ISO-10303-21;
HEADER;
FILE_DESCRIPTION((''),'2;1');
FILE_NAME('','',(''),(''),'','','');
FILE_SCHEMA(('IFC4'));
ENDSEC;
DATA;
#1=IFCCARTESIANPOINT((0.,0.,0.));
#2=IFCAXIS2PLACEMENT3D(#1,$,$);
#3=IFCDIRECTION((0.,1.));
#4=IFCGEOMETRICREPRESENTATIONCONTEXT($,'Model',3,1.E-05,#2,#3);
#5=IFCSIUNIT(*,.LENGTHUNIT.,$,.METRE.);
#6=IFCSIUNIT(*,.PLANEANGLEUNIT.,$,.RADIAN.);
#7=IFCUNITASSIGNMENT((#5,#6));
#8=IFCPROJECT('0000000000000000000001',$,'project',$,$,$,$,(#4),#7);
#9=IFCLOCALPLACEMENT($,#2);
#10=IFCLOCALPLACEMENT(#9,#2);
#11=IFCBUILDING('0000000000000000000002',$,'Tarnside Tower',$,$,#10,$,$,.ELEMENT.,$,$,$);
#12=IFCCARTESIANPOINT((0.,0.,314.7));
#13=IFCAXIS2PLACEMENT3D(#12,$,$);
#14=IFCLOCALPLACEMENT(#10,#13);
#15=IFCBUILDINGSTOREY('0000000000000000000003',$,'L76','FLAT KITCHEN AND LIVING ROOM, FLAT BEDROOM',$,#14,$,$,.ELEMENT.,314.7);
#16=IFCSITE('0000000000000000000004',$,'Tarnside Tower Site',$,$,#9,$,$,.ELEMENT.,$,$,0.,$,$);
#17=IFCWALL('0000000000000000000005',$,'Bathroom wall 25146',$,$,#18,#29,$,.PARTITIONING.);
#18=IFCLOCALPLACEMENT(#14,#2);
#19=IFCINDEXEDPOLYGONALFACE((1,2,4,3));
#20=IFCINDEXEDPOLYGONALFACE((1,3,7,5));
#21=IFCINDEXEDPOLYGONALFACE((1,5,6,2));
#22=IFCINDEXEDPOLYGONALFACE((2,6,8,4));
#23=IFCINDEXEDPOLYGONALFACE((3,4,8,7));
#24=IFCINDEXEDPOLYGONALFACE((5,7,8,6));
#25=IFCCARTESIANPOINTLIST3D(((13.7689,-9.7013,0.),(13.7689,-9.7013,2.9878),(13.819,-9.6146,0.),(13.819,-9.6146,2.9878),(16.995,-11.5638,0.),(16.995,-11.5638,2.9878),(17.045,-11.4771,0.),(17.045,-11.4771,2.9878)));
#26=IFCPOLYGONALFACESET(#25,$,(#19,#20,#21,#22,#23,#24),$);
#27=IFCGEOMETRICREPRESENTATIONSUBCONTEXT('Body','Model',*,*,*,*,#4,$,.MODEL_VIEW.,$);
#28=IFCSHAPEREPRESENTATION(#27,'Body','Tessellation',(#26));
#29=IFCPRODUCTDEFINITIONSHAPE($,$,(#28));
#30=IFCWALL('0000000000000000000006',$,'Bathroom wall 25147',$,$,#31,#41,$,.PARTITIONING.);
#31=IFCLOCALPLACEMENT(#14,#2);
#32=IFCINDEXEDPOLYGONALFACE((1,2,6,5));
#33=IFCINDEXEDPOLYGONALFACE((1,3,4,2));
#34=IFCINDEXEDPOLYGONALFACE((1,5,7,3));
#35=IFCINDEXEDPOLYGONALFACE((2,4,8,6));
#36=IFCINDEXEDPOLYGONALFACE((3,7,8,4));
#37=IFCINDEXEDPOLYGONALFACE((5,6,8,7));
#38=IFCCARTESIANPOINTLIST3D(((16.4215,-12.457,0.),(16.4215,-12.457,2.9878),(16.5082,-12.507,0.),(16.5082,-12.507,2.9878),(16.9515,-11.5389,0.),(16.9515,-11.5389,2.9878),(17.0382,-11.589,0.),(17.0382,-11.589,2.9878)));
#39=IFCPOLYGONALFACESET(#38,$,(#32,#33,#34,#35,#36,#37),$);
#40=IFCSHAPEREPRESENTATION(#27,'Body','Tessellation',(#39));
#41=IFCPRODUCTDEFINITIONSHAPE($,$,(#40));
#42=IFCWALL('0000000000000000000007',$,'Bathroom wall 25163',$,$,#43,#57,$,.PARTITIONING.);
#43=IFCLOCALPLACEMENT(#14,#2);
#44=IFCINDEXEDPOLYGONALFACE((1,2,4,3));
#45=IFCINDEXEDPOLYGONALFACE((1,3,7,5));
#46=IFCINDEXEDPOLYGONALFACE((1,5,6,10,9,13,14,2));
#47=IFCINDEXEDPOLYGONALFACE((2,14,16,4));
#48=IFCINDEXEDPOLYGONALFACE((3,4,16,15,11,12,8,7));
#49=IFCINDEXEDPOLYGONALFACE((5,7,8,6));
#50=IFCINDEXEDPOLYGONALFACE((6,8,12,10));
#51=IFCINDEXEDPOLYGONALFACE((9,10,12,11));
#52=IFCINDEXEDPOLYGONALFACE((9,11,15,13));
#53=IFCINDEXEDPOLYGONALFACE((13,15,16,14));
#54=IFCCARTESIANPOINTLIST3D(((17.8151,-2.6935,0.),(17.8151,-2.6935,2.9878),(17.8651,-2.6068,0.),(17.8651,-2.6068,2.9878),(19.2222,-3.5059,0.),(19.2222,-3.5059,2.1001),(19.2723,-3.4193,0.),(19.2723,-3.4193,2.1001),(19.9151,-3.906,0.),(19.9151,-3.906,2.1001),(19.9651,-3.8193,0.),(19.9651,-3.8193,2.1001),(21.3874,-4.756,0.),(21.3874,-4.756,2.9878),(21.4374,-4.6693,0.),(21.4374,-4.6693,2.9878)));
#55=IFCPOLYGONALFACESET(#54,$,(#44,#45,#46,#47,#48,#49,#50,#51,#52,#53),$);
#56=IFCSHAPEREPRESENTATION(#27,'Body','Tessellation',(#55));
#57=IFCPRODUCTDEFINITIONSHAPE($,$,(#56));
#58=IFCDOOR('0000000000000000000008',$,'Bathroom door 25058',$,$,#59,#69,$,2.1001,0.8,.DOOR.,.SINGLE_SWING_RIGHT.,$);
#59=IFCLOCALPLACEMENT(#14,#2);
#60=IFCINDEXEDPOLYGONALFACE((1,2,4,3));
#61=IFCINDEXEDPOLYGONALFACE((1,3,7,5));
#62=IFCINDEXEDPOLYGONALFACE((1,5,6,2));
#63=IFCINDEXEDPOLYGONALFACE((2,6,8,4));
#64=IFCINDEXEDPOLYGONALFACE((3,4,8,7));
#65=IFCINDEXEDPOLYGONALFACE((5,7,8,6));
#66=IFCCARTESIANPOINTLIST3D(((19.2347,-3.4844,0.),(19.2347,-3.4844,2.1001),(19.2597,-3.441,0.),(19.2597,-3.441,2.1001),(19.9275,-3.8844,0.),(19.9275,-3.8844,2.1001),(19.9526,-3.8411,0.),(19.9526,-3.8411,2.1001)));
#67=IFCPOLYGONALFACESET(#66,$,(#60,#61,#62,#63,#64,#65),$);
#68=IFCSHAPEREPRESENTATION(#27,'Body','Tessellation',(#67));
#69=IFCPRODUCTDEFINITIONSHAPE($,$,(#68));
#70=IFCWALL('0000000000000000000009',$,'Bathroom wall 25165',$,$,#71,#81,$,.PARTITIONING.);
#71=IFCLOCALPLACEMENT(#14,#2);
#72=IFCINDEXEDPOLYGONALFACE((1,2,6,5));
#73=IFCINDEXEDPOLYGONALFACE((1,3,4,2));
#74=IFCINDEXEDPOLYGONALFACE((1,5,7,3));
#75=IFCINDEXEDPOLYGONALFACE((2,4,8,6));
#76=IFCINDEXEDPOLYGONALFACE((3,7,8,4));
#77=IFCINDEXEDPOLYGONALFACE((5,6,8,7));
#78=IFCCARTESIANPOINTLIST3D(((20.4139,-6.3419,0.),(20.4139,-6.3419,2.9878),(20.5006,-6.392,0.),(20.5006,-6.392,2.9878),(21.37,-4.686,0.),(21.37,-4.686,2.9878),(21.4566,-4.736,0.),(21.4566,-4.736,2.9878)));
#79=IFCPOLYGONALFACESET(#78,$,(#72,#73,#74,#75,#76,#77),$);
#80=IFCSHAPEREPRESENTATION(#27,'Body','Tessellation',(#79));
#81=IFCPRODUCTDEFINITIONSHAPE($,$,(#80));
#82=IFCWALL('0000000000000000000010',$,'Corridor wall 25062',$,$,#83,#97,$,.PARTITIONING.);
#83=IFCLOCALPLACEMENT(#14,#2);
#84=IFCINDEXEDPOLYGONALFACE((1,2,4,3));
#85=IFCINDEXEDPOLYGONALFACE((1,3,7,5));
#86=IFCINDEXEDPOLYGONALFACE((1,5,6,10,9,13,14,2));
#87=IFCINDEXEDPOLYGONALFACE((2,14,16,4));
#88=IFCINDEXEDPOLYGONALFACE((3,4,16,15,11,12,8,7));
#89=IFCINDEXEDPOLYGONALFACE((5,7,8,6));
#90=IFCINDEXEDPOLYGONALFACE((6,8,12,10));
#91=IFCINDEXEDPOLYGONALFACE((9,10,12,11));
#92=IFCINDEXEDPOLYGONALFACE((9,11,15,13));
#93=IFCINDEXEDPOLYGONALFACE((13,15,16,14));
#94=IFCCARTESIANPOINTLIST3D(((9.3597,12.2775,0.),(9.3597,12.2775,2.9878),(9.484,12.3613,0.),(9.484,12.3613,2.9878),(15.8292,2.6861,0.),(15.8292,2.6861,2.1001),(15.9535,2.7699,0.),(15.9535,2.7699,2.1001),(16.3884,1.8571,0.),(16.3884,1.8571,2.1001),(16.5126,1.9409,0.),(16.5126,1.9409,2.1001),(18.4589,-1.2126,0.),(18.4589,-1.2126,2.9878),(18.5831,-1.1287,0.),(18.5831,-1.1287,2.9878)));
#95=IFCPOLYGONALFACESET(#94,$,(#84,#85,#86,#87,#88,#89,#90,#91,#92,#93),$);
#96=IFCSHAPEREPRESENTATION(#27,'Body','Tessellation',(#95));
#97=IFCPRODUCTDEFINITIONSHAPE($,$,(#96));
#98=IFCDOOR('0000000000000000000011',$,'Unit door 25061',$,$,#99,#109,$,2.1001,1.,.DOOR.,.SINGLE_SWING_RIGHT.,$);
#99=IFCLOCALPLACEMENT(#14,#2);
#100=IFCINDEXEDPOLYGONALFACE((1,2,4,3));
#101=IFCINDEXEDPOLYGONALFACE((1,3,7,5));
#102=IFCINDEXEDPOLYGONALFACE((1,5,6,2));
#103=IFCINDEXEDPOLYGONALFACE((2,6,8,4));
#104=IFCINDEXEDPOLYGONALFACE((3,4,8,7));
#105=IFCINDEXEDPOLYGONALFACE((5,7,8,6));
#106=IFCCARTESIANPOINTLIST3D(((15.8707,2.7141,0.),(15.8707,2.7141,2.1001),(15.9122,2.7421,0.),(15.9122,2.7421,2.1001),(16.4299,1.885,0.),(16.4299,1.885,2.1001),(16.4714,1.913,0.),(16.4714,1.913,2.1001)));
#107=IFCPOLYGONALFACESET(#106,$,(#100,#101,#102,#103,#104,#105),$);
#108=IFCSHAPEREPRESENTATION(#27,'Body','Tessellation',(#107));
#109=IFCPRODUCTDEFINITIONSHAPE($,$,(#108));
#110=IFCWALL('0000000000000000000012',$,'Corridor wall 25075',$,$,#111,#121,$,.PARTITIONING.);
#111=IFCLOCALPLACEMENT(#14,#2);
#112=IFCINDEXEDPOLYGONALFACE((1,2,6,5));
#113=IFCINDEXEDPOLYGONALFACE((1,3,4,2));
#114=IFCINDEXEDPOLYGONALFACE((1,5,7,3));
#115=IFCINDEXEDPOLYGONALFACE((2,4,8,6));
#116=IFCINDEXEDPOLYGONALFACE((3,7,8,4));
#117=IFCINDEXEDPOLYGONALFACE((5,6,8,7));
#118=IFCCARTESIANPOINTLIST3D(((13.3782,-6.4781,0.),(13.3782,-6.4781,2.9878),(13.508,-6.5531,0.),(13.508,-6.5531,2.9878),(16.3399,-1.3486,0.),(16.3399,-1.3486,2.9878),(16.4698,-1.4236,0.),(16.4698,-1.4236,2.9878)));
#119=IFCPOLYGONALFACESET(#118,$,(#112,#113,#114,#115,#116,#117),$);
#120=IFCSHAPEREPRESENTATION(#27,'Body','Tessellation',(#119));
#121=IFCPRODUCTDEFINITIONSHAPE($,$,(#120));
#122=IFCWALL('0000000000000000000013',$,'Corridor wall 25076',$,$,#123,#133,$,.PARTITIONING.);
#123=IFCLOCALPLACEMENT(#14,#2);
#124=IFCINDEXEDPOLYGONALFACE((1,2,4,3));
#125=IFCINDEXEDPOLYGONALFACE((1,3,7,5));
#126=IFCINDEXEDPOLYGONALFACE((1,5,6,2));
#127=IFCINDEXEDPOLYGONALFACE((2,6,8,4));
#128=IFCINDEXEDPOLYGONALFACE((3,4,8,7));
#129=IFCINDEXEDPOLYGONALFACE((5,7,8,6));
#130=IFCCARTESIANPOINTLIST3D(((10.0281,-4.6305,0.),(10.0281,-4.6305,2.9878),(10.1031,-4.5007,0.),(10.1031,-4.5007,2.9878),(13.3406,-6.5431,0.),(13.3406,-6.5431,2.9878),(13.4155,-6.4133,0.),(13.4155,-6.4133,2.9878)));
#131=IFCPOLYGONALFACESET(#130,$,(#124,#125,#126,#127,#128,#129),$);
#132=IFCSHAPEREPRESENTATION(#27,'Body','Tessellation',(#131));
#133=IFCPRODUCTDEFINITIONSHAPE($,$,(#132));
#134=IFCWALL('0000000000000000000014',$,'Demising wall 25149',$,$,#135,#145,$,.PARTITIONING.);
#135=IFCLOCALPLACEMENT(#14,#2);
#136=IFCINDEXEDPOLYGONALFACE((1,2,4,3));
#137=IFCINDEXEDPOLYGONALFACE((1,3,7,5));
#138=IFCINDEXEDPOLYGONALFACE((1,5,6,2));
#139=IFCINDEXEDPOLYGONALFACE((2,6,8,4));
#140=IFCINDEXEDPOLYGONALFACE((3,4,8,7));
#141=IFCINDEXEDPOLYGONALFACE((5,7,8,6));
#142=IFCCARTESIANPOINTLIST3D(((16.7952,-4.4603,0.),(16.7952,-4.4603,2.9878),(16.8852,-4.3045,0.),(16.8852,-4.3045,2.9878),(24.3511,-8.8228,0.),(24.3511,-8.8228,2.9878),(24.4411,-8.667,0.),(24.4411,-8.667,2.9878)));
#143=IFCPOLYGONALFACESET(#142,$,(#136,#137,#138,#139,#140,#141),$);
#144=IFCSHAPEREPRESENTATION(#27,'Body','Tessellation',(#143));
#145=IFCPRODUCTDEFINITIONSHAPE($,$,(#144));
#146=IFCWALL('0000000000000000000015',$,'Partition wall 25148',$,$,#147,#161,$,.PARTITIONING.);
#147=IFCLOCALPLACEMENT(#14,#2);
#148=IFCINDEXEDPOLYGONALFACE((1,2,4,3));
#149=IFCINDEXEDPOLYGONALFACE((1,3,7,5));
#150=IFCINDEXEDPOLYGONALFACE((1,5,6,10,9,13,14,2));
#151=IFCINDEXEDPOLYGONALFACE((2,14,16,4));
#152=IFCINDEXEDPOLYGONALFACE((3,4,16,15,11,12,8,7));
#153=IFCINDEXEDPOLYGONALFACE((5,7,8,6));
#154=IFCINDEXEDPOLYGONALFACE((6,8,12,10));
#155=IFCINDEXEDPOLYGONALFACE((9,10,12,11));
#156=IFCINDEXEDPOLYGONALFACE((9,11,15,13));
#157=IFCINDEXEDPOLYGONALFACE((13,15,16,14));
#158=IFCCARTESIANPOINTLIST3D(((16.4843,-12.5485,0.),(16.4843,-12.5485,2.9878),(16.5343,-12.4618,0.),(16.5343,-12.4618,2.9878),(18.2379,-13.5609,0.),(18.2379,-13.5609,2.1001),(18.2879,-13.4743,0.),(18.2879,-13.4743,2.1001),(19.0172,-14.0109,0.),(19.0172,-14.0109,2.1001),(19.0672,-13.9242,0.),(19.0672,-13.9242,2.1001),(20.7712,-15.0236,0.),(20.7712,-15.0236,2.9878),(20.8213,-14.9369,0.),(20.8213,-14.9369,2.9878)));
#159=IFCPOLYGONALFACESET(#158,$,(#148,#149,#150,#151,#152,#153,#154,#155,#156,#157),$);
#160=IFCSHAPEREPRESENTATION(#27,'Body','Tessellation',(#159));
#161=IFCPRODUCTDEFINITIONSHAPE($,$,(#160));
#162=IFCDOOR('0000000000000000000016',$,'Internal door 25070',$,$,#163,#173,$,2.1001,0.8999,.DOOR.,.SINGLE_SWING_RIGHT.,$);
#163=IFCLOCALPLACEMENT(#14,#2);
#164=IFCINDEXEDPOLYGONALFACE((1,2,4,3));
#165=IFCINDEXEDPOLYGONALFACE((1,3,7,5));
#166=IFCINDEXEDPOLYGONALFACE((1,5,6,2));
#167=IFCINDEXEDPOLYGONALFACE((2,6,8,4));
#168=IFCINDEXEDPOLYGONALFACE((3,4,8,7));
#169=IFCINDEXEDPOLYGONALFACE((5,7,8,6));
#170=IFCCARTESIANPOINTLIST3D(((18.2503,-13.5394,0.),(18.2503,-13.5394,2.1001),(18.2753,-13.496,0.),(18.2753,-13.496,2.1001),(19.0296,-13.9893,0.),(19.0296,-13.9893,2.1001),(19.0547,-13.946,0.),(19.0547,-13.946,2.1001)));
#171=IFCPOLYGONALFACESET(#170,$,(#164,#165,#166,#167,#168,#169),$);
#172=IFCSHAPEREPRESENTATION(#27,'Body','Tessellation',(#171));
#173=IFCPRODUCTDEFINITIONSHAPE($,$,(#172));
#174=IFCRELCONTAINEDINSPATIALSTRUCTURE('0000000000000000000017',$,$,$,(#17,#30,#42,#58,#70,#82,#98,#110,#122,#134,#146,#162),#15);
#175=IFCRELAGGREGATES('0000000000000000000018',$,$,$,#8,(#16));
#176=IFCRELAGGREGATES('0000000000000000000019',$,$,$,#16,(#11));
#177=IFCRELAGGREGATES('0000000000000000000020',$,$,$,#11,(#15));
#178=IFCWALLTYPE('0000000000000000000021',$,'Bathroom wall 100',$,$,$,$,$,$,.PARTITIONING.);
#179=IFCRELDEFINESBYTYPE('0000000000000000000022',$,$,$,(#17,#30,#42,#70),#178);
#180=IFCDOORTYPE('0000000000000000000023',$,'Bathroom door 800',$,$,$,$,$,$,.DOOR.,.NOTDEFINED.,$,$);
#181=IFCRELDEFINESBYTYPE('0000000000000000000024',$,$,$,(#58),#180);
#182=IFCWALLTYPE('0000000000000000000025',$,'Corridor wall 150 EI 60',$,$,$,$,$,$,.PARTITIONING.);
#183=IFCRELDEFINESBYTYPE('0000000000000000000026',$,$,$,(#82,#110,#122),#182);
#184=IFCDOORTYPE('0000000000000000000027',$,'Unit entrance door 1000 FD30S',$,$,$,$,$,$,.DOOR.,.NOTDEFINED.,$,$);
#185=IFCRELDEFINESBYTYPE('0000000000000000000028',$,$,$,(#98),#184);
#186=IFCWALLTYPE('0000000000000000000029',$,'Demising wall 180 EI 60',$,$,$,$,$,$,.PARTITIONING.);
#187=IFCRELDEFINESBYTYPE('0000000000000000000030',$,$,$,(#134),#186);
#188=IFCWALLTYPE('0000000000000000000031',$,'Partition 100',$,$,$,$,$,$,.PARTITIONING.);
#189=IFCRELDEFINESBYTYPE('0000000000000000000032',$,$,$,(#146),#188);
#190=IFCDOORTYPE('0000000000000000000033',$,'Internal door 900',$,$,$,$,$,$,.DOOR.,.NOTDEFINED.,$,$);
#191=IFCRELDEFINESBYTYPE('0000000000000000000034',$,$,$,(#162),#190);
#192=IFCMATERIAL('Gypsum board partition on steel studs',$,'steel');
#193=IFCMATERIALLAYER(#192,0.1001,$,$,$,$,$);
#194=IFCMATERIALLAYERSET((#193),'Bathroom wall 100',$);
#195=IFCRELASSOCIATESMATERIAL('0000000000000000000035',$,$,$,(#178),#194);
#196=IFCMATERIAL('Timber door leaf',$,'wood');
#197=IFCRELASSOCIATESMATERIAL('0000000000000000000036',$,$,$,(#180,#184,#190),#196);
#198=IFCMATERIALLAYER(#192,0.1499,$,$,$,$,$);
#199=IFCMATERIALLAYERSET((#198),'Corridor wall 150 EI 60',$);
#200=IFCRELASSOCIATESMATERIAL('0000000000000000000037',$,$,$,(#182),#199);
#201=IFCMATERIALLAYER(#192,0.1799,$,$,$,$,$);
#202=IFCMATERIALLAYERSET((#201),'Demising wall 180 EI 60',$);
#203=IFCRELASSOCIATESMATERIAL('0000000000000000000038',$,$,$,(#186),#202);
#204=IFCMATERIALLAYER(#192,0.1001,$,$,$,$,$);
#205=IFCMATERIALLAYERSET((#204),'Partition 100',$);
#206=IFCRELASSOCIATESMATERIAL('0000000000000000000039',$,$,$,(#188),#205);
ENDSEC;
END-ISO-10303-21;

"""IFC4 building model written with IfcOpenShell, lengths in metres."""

from ifc_helpers import new_model, si_unit, direction, frame, frame_2d, origin, place, context, subcontext, project, spatial, rectangle, extrude, material, layer, layer_set, type_object, element, fill, save


model = new_model("IFC4")

# Units and contexts
model_context = context("Model", 3, precision=1e-05, world=origin(), true_north=direction((0.0, 1.0)))
body_context = subcontext(model_context, "Body", "Model", "MODEL_VIEW")
ifc_project = project(units=[si_unit("LENGTHUNIT", "METRE"), si_unit("PLANEANGLEUNIT", "RADIAN")], contexts=[model_context])

# Site, building, storey
site_placement = place(None, origin())
site = spatial("IfcSite", under=ifc_project, at=site_placement, Name="Tarnside Tower Site", CompositionType="ELEMENT", RefElevation=0.0)
building_placement = place(site_placement, origin())
building = spatial("IfcBuilding", under=site, at=building_placement, Name="Tarnside Tower", CompositionType="ELEMENT")
storey_placement = place(building_placement, frame((0.0, 0.0, 314.7)))
storey = spatial("IfcBuildingStorey", under=building, at=storey_placement, Name="L76", Description="FLAT KITCHEN AND LIVING ROOM, FLAT BEDROOM", CompositionType="ELEMENT", Elevation=314.7)

# Walls
ifc_material_1 = material(Name="Gypsum board partition on steel studs", Category="steel")
ifc_layer_1 = layer(ifc_material_1, 0.1001)
ifc_layer_set_1 = layer_set([ifc_layer_1], Name="Bathroom wall 100")
wall_type_1 = type_object("IfcWallType", Name="Bathroom wall 100", PredefinedType="PARTITIONING", material=ifc_layer_set_1)
wall_1_placement = place(storey_placement, frame((13.7939, -9.658, 0.0), z_axis=(0.0, 0.0, 1.0), x_axis=(0.866028, -0.499995, 0.0)))
element("IfcWall", 1, at=wall_1_placement, inside=storey, type_object=wall_type_1, Name="Bathroom wall 25146", PredefinedType="PARTITIONING", context=body_context, shape_type="SweptSolid", body=[
    extrude(rectangle(XDim=3.7251, YDim=0.1001, at=frame_2d((1.8625, 0.0))), origin(), (0.0, 0.0, 1.0), 2.9878),
])
wall_2_placement = place(storey_placement, frame((16.9949, -11.564, 0.0), z_axis=(0.0, 0.0, 1.0), x_axis=(-0.500028, -0.866009, 0.0)))
element("IfcWall", 2, at=wall_2_placement, inside=storey, type_object=wall_type_1, Name="Bathroom wall 25147", PredefinedType="PARTITIONING", context=body_context, shape_type="SweptSolid", body=[
    extrude(rectangle(XDim=1.0601, YDim=0.1001, at=frame_2d((0.53, 0.0))), origin(), (0.0, 0.0, 1.0), 2.9878),
])

# Wall, opening, door
wall_3_placement = place(storey_placement, frame((17.8401, -2.6501, 0.0), z_axis=(0.0, 0.0, 1.0), x_axis=(0.86602, -0.500009, 0.0)))
wall_3 = element("IfcWall", 3, at=wall_3_placement, inside=storey, type_object=wall_type_1, Name="Bathroom wall 25163", PredefinedType="PARTITIONING", context=body_context, shape_type="SweptSolid", body=[
    extrude(rectangle(XDim=4.125, YDim=0.1001, at=frame_2d((2.0625, 0.0))), origin(), (0.0, 0.0, 1.0), 2.9878),
])
opening_1_placement = place(wall_3_placement, frame((1.625, 0.0, 0.0)))
opening_1 = element("IfcOpeningElement", 4, at=opening_1_placement, cuts=wall_3, PredefinedType="OPENING", context=body_context, shape_type="SweptSolid", body=[
    extrude(rectangle(XDim=0.8, YDim=2.1001, at=frame_2d((0.3999, 1.05))), frame((0.0, 0.0601, 0.0), z_axis=(0.0, -1.0, 0.0), x_axis=(1.0, 0.0, 0.0)), (0.0, 0.0, 1.0), 0.1201),
])
ifc_material_2 = material(Name="Timber door leaf", Category="wood")
door_type_1 = type_object("IfcDoorType", Name="Bathroom door 800", OperationType="NOTDEFINED", PredefinedType="DOOR", material=ifc_material_2)
door_1_placement = place(opening_1_placement, origin())
door_1 = element("IfcDoor", 5, at=door_1_placement, inside=storey, type_object=door_type_1, Name="Bathroom door 25058", OperationType="SINGLE_SWING_RIGHT", OverallHeight=2.1001, OverallWidth=0.8, PredefinedType="DOOR", context=body_context, shape_type="SweptSolid", body=[
    extrude(rectangle(XDim=0.8, YDim=2.1001, at=frame_2d((0.3999, 1.05))), frame((0.0, 0.0249, 0.0), z_axis=(0.0, -1.0, 0.0), x_axis=(1.0, 0.0, 0.0)), (0.0, 0.0, 1.0), 0.05),
])
fill(opening_1, door_1)

# Wall
wall_4_placement = place(storey_placement, frame((20.4573, -6.3669, 0.0), z_axis=(0.0, 0.0, 1.0), x_axis=(0.499984, 0.866035, 0.0)))
element("IfcWall", 6, at=wall_4_placement, inside=storey, type_object=wall_type_1, Name="Bathroom wall 25165", PredefinedType="PARTITIONING", context=body_context, shape_type="SweptSolid", body=[
    extrude(rectangle(XDim=1.9121, YDim=0.1001, at=frame_2d((0.9561, 0.0))), origin(), (0.0, 0.0, 1.0), 2.9878),
])

# Wall, opening, door
ifc_layer_2 = layer(ifc_material_1, 0.1499)
ifc_layer_set_2 = layer_set([ifc_layer_2], Name="Corridor wall 150 EI 60")
wall_type_2 = type_object("IfcWallType", Name="Corridor wall 150 EI 60", PredefinedType="PARTITIONING", material=ifc_layer_set_2)
wall_5_placement = place(storey_placement, frame((18.521, -1.1707, 0.0), z_axis=(0.0, 0.0, 1.0), x_axis=(-0.559193, 0.829037, 0.0)))
wall_5 = element("IfcWall", 7, at=wall_5_placement, inside=storey, type_object=wall_type_2, Name="Corridor wall 25062", PredefinedType="PARTITIONING", context=body_context, shape_type="SweptSolid", body=[
    extrude(rectangle(XDim=16.272, YDim=0.1499, at=frame_2d((8.136, 0.0))), origin(), (0.0, 0.0, 1.0), 2.9878),
])
opening_2_placement = place(wall_5_placement, frame((3.7026, 0.0, 0.0)))
opening_2 = element("IfcOpeningElement", 8, at=opening_2_placement, cuts=wall_5, PredefinedType="OPENING", context=body_context, shape_type="SweptSolid", body=[
    extrude(rectangle(XDim=1.0, YDim=2.1001, at=frame_2d((0.5, 1.05))), frame((0.0, 0.085, 0.0), z_axis=(0.0, -1.0, 0.0), x_axis=(1.0, 0.0, 0.0)), (0.0, 0.0, 1.0), 0.1699),
])
door_type_2 = type_object("IfcDoorType", Name="Unit entrance door 1000 FD30S", OperationType="NOTDEFINED", PredefinedType="DOOR", material=ifc_material_2)
door_2_placement = place(opening_2_placement, origin())
door_2 = element("IfcDoor", 9, at=door_2_placement, inside=storey, type_object=door_type_2, Name="Unit door 25061", OperationType="SINGLE_SWING_RIGHT", OverallHeight=2.1001, OverallWidth=1.0, PredefinedType="DOOR", context=body_context, shape_type="SweptSolid", body=[
    extrude(rectangle(XDim=1.0, YDim=2.1001, at=frame_2d((0.5, 1.05))), frame((0.0, 0.0249, 0.0), z_axis=(0.0, -1.0, 0.0), x_axis=(1.0, 0.0, 0.0)), (0.0, 0.0, 1.0), 0.05),
])
fill(opening_2, door_2)

# Walls
wall_6_placement = place(storey_placement, frame((16.4048, -1.3862, 0.0), z_axis=(0.0, 0.0, 1.0), x_axis=(-0.500027, -0.86601, 0.0)))
element("IfcWall", 10, at=wall_6_placement, inside=storey, type_object=wall_type_2, Name="Corridor wall 25075", PredefinedType="PARTITIONING", context=body_context, shape_type="SweptSolid", body=[
    extrude(rectangle(XDim=5.9231, YDim=0.1499, at=frame_2d((2.9614, 0.0))), origin(), (0.0, 0.0, 1.0), 2.9878),
])
wall_7_placement = place(storey_placement, frame((13.3782, -6.4783, 0.0), z_axis=(0.0, 0.0, 1.0), x_axis=(-0.866011, 0.500024, 0.0)))
element("IfcWall", 11, at=wall_7_placement, inside=storey, type_object=wall_type_2, Name="Corridor wall 25076", PredefinedType="PARTITIONING", context=body_context, shape_type="SweptSolid", body=[
    extrude(rectangle(XDim=3.825, YDim=0.1499, at=frame_2d((1.9126, 0.0))), origin(), (0.0, 0.0, 1.0), 2.9878),
])
ifc_layer_3 = layer(ifc_material_1, 0.1799)
ifc_layer_set_3 = layer_set([ifc_layer_3], Name="Demising wall 180 EI 60")
wall_type_3 = type_object("IfcWallType", Name="Demising wall 180 EI 60", PredefinedType="PARTITIONING", material=ifc_layer_set_3)
wall_8_placement = place(storey_placement, frame((24.396, -8.7449, 0.0), z_axis=(0.0, 0.0, 1.0), x_axis=(-0.866018, 0.500012, 0.0)))
element("IfcWall", 12, at=wall_8_placement, inside=storey, type_object=wall_type_3, Name="Demising wall 25149", PredefinedType="PARTITIONING", context=body_context, shape_type="SweptSolid", body=[
    extrude(rectangle(XDim=8.7249, YDim=0.1799, at=frame_2d((4.3623, 0.0))), origin(), (0.0, 0.0, 1.0), 2.9878),
])

# Wall, opening, door
ifc_layer_4 = layer(ifc_material_1, 0.1001)
ifc_layer_set_4 = layer_set([ifc_layer_4], Name="Partition 100")
wall_type_4 = type_object("IfcWallType", Name="Partition 100", PredefinedType="PARTITIONING", material=ifc_layer_set_4)
wall_9_placement = place(storey_placement, frame((16.5093, -12.5051, 0.0), z_axis=(0.0, 0.0, 1.0), x_axis=(0.866019, -0.500011, 0.0)))
wall_9 = element("IfcWall", 13, at=wall_9_placement, inside=storey, type_object=wall_type_4, Name="Partition wall 25148", PredefinedType="PARTITIONING", context=body_context, shape_type="SweptSolid", body=[
    extrude(rectangle(XDim=4.9502, YDim=0.1001, at=frame_2d((2.4751, 0.0))), origin(), (0.0, 0.0, 1.0), 2.9878),
])
opening_3_placement = place(wall_9_placement, frame((2.0249, 0.0, 0.0)))
opening_3 = element("IfcOpeningElement", 14, at=opening_3_placement, cuts=wall_9, PredefinedType="OPENING", context=body_context, shape_type="SweptSolid", body=[
    extrude(rectangle(XDim=0.8999, YDim=2.1001, at=frame_2d((0.45, 1.05))), frame((0.0, 0.0601, 0.0), z_axis=(0.0, -1.0, 0.0), x_axis=(1.0, 0.0, 0.0)), (0.0, 0.0, 1.0), 0.1201),
])
door_type_3 = type_object("IfcDoorType", Name="Internal door 900", OperationType="NOTDEFINED", PredefinedType="DOOR", material=ifc_material_2)
door_3_placement = place(opening_3_placement, origin())
door_3 = element("IfcDoor", 15, at=door_3_placement, inside=storey, type_object=door_type_3, Name="Internal door 25070", OperationType="SINGLE_SWING_RIGHT", OverallHeight=2.1001, OverallWidth=0.8999, PredefinedType="DOOR", context=body_context, shape_type="SweptSolid", body=[
    extrude(rectangle(XDim=0.8999, YDim=2.1001, at=frame_2d((0.45, 1.05))), frame((0.0, 0.0249, 0.0), z_axis=(0.0, -1.0, 0.0), x_axis=(1.0, 0.0, 0.0)), (0.0, 0.0, 1.0), 0.05),
])
fill(opening_3, door_3)

save(model, "model.ifc")
